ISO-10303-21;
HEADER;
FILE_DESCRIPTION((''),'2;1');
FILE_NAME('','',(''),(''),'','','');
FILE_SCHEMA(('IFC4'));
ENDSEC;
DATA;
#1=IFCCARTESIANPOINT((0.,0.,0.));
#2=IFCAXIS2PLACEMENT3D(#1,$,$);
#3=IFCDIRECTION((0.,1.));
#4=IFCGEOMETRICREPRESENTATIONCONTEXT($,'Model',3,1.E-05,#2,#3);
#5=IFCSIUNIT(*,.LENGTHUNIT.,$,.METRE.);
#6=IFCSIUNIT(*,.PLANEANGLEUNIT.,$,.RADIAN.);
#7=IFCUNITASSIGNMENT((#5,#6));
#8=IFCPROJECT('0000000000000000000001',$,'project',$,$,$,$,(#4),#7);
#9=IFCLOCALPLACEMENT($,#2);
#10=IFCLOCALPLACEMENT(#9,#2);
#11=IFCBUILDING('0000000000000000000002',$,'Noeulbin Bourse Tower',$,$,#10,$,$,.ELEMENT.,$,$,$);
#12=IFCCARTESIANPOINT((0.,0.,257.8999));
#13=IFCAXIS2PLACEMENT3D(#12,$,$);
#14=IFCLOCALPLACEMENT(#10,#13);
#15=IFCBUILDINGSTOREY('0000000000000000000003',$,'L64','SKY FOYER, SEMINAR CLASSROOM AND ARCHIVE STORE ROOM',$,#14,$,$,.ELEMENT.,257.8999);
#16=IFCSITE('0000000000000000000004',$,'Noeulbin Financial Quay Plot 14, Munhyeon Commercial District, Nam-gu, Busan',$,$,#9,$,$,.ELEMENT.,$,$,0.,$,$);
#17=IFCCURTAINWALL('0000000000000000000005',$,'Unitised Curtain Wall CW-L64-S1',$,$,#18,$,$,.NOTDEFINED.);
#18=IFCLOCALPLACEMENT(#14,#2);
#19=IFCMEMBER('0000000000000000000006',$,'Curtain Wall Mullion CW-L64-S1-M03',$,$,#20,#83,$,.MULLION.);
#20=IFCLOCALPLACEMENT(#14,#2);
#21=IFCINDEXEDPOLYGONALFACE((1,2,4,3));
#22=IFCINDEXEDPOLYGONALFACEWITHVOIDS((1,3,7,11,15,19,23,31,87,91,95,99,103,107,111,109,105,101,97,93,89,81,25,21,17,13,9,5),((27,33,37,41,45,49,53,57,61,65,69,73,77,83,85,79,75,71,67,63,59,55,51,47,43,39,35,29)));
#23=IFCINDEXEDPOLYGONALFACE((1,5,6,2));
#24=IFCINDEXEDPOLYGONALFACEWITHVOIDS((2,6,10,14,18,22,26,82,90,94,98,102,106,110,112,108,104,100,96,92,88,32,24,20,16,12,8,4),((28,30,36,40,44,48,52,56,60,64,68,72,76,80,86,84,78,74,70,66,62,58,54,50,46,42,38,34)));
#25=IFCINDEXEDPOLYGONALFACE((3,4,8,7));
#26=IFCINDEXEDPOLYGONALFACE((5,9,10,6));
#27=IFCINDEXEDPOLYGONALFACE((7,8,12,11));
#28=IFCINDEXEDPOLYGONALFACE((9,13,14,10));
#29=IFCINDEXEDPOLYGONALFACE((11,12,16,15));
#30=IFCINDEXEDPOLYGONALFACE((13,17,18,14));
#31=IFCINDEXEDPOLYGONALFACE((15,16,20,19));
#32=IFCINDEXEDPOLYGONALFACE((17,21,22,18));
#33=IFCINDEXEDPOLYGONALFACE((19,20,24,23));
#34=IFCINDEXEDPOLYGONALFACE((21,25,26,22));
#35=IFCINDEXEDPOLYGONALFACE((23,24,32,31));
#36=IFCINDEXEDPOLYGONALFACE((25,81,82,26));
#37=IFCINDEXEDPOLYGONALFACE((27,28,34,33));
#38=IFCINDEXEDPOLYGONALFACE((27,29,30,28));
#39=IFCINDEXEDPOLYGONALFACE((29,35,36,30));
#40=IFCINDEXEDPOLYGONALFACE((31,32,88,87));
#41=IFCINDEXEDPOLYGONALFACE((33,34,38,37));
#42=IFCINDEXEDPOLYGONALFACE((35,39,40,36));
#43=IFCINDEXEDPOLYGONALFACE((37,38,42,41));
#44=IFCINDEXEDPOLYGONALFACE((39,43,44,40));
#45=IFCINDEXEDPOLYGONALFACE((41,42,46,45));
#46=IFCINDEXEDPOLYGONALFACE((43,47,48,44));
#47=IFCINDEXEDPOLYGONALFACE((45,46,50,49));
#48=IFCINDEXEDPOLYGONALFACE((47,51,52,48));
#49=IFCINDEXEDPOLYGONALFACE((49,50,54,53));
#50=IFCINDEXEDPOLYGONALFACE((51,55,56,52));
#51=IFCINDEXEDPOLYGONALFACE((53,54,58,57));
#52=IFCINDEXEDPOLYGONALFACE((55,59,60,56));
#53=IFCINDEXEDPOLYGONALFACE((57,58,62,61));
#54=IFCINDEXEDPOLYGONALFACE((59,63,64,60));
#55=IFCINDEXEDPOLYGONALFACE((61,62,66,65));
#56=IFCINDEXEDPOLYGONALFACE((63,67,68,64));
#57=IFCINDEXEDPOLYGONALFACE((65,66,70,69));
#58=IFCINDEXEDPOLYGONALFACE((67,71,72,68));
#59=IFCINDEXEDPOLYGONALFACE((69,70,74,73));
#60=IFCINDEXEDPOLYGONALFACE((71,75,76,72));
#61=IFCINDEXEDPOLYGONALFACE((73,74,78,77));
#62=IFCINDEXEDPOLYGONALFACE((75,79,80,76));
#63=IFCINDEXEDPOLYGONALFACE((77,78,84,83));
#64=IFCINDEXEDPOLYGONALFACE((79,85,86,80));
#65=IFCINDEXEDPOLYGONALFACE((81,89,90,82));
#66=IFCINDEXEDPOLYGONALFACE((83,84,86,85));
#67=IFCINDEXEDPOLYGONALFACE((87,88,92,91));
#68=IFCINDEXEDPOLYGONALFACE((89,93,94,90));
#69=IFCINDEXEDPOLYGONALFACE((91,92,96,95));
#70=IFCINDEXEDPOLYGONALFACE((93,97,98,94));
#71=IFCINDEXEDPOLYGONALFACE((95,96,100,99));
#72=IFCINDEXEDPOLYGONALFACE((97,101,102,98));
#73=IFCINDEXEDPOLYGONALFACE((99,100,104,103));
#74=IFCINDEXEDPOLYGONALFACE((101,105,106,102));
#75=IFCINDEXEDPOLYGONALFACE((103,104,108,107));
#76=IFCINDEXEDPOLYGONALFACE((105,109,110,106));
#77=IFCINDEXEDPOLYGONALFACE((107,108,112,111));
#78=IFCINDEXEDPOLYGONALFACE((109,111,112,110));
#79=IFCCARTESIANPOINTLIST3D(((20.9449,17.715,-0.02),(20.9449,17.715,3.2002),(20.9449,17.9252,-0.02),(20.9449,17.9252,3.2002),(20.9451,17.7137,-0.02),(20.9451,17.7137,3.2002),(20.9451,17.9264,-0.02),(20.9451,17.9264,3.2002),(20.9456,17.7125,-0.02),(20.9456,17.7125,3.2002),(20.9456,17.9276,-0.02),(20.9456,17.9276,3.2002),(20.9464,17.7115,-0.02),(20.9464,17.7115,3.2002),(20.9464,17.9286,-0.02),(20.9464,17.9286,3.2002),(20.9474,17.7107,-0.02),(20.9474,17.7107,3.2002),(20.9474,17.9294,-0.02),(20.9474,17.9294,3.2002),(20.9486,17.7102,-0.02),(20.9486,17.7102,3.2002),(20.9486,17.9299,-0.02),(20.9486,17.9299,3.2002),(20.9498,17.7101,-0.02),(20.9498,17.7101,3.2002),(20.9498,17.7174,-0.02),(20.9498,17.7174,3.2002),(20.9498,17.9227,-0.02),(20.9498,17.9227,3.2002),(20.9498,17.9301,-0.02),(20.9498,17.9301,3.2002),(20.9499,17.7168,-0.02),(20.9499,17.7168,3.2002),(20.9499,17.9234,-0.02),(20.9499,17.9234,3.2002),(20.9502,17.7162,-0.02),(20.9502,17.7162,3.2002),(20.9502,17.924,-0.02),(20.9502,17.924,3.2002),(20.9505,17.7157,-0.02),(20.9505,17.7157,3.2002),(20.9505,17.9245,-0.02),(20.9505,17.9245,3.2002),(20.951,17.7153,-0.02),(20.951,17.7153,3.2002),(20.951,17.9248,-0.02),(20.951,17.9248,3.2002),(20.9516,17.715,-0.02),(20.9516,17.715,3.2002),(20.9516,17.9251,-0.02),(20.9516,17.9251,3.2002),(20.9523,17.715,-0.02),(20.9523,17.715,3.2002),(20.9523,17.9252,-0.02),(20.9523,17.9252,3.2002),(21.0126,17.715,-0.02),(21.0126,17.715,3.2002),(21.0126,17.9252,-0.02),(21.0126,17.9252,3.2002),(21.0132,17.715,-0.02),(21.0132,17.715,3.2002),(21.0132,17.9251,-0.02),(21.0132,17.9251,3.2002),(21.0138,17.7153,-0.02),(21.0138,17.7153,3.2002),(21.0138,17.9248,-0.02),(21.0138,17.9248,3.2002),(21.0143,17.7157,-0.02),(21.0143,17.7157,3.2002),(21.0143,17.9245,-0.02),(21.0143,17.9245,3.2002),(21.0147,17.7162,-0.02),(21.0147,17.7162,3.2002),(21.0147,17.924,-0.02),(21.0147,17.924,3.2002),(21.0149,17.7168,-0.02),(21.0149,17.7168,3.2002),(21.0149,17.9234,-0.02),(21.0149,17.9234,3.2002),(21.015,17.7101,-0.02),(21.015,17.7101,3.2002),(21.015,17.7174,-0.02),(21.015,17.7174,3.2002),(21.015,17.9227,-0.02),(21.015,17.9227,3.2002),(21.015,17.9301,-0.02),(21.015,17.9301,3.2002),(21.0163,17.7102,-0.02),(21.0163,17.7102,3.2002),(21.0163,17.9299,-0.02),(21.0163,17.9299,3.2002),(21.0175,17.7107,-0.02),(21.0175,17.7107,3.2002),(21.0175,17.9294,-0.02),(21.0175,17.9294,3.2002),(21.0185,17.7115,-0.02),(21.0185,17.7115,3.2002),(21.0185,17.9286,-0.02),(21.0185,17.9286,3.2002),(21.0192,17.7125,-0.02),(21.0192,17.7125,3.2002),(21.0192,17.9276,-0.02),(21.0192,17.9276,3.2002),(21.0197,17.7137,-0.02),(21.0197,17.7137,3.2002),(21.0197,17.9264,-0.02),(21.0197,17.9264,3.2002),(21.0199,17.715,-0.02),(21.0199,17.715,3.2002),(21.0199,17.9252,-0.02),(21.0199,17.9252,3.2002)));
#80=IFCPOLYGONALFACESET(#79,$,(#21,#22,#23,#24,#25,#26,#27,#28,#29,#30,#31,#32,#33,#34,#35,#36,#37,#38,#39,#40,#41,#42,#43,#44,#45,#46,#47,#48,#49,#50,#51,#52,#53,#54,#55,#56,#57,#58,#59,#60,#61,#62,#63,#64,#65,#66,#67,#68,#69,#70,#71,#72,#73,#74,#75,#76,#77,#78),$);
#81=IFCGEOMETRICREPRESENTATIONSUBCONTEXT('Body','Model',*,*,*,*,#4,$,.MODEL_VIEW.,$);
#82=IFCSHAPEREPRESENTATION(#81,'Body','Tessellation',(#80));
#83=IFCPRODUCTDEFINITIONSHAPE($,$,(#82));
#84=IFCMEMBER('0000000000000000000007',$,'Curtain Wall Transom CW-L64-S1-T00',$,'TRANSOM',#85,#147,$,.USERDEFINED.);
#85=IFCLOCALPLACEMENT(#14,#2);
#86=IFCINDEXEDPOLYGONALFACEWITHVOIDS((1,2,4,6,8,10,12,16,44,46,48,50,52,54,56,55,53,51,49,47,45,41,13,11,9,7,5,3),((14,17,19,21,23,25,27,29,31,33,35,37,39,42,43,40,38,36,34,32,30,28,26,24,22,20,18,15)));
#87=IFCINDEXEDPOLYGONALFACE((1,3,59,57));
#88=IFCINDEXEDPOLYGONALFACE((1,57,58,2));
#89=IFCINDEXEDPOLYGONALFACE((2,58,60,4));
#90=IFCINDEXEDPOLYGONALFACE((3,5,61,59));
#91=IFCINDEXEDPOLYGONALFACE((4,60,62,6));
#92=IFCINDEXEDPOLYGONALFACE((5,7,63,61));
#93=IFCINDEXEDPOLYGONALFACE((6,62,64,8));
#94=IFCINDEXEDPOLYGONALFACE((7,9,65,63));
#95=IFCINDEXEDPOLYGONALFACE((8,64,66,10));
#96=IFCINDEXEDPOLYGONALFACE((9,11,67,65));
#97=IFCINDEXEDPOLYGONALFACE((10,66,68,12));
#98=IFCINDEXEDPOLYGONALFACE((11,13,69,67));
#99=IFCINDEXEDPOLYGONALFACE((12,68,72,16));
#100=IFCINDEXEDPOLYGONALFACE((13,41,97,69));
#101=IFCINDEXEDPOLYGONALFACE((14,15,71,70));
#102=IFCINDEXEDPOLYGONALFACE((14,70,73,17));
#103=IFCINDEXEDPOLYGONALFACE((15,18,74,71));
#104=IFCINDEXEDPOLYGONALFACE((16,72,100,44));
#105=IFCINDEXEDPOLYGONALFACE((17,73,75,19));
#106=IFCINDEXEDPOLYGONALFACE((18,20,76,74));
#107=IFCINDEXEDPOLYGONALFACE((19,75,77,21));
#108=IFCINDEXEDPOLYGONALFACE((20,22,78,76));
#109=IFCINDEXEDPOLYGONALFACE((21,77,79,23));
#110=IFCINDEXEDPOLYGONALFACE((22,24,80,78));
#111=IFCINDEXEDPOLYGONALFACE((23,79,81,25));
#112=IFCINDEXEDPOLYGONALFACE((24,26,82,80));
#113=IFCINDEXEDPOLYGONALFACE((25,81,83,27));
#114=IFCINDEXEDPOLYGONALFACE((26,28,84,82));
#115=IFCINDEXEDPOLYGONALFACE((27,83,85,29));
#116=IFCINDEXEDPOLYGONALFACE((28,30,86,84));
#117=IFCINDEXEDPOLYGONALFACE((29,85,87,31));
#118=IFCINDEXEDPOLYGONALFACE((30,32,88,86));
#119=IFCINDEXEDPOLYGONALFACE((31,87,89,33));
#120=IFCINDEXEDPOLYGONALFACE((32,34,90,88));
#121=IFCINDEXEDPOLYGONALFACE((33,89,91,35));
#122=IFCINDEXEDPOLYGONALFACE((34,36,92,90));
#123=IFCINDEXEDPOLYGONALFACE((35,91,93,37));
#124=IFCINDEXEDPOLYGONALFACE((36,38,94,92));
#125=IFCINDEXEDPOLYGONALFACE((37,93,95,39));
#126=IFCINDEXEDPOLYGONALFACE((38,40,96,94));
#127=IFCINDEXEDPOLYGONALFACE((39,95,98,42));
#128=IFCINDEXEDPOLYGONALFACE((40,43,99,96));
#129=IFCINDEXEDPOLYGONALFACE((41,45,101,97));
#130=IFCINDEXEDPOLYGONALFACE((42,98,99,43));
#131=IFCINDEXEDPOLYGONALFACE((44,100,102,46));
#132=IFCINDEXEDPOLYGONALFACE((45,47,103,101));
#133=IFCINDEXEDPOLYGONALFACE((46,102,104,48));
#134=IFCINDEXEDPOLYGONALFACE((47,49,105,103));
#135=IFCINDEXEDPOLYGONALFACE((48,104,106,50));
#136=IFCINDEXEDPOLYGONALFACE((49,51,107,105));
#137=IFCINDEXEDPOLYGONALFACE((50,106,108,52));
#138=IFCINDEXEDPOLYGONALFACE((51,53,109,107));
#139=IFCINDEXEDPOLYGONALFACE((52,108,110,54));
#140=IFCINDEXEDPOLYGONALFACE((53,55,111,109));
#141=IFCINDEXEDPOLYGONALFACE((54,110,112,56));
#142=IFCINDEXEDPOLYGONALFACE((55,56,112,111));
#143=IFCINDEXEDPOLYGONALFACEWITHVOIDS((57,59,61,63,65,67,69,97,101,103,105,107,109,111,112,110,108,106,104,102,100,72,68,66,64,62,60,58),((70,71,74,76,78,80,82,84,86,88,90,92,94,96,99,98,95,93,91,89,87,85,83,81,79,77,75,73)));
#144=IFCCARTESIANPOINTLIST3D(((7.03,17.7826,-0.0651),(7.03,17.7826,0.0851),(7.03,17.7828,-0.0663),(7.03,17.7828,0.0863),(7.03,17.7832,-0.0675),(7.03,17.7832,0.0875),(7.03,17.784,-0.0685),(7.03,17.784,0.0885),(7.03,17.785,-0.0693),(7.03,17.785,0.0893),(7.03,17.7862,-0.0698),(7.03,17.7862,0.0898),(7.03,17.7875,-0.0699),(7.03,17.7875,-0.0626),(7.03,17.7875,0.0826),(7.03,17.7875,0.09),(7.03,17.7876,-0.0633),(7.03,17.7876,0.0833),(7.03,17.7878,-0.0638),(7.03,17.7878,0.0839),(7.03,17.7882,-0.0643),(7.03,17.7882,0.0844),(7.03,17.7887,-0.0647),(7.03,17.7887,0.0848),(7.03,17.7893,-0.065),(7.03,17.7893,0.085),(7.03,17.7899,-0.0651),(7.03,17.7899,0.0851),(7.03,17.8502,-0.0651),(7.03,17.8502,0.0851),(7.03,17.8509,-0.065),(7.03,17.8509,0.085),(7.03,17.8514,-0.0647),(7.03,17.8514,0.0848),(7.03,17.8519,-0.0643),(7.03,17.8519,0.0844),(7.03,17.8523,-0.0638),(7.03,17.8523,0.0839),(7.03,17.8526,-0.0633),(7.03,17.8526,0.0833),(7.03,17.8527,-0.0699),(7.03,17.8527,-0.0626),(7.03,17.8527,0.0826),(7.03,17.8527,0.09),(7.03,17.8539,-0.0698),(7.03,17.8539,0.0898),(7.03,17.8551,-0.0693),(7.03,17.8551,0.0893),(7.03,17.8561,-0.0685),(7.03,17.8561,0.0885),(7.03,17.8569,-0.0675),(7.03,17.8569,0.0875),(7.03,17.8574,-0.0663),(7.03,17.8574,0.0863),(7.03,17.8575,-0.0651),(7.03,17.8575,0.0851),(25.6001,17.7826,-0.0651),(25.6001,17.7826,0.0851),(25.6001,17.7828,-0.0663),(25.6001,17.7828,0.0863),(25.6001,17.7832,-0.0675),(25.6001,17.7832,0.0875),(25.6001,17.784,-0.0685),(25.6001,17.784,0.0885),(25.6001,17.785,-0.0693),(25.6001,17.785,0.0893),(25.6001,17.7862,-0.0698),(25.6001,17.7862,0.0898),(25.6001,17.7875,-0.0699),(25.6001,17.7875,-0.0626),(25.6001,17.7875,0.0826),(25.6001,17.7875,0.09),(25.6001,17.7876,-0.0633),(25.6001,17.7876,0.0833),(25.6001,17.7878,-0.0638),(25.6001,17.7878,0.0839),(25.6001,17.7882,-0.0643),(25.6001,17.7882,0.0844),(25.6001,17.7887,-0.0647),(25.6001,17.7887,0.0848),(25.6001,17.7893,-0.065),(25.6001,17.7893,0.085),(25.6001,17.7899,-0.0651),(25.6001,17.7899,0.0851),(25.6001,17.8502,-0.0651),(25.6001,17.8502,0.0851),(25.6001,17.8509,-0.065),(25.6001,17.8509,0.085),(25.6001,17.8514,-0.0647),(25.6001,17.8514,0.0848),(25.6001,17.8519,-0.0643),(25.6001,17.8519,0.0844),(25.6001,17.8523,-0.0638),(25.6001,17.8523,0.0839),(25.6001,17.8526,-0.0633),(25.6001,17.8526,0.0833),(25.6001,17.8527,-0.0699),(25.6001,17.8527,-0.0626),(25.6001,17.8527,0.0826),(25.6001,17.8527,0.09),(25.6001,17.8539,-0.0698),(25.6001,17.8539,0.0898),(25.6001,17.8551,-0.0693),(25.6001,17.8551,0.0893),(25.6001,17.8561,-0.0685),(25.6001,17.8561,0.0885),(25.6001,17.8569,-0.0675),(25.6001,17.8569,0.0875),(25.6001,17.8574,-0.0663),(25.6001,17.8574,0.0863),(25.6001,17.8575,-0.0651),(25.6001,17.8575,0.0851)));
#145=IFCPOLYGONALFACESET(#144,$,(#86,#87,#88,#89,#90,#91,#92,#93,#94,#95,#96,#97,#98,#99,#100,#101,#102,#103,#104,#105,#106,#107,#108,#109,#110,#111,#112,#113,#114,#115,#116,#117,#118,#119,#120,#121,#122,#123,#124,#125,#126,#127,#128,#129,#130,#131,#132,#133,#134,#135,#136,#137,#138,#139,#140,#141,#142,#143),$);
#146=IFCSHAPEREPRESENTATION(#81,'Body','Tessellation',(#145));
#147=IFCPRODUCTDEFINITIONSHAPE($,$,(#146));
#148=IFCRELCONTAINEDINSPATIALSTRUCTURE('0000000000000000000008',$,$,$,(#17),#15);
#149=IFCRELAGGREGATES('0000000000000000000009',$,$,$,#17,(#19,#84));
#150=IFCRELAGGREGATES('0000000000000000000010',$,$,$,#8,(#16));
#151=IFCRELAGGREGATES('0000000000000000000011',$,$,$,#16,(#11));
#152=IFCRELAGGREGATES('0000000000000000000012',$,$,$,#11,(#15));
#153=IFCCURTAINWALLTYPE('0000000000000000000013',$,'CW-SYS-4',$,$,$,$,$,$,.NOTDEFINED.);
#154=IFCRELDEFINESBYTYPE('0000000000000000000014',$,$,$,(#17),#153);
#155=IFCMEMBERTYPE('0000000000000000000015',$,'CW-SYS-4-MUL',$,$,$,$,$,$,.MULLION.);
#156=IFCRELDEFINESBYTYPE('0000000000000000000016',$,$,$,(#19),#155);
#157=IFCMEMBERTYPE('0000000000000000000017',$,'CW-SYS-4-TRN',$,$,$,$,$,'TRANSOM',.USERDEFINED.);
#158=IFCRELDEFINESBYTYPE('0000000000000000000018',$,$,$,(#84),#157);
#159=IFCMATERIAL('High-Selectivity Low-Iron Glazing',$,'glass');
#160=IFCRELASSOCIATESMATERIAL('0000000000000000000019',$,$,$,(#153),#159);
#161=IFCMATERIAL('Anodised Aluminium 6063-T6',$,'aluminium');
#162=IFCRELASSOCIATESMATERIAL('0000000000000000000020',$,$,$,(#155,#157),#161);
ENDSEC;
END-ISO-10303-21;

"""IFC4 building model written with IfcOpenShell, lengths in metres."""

from ifc_helpers import new_model, si_unit, direction, frame, origin, origin_2d, place, context, subcontext, project, spatial, hollow_rectangle, extrude, material, material_profile, profile_set, type_object, element, aggregate, save


model = new_model("IFC4")

# Units and contexts
model_context = context("Model", 3, precision=1e-05, world=origin(), true_north=direction((0.0, 1.0)))
body_context = subcontext(model_context, "Body", "Model", "MODEL_VIEW")
ifc_project = project(units=[si_unit("LENGTHUNIT", "METRE"), si_unit("PLANEANGLEUNIT", "RADIAN")], contexts=[model_context])

# Site, building, storey
site_placement = place(None, origin())
site = spatial("IfcSite", under=ifc_project, at=site_placement, Name="Noeulbin Financial Quay Plot 14, Munhyeon Commercial District, Nam-gu, Busan", CompositionType="ELEMENT", RefElevation=0.0)
building_placement = place(site_placement, origin())
building = spatial("IfcBuilding", under=site, at=building_placement, Name="Noeulbin Bourse Tower", CompositionType="ELEMENT")
storey_placement = place(building_placement, frame((0.0, 0.0, 257.8999)))
storey = spatial("IfcBuildingStorey", under=building, at=storey_placement, Name="L64", Description="SKY FOYER, SEMINAR CLASSROOM AND ARCHIVE STORE ROOM", CompositionType="ELEMENT", Elevation=257.8999)

# Curtain wall, members
ifc_material_1 = material(Name="High-Selectivity Low-Iron Glazing", Category="glass")
curtain_wall_type = type_object("IfcCurtainWallType", Name="CW-SYS-4", PredefinedType="NOTDEFINED", material=ifc_material_1)
curtain_wall_placement = place(storey_placement, origin())
curtain_wall = element("IfcCurtainWall", 1, at=curtain_wall_placement, inside=storey, type_object=curtain_wall_type, Name="Unitised Curtain Wall CW-L64-S1", PredefinedType="NOTDEFINED")
ifc_material_2 = material(Name="Anodised Aluminium 6063-T6", Category="aluminium")
ifc_material_profile_1 = material_profile(ifc_material_2, hollow_rectangle(XDim=0.075, YDim=0.22, WallThickness=0.0049, InnerFilletRadius=0.0024, OuterFilletRadius=0.0049, at=origin_2d()), Name="ALU-MULL-75x220x5", Category="LoadBearing")
ifc_profile_set_1 = profile_set([ifc_material_profile_1], Name="Anodised Aluminium 6063-T6")
member_type_1 = type_object("IfcMemberType", Name="CW-SYS-4-MUL", PredefinedType="MULLION", material=ifc_profile_set_1)
member_1_placement = place(storey_placement, frame((20.9824, 17.8201, -0.02), z_axis=(0.0, 0.0, 1.0), x_axis=(1.0, 0.0, 0.0)))
member_1 = element("IfcMember", 2, at=member_1_placement, type_object=member_type_1, Name="Curtain Wall Mullion CW-L64-S1-M03", PredefinedType="MULLION", context=body_context, shape_type="SweptSolid", body=[
    extrude(hollow_rectangle(XDim=0.075, YDim=0.22, WallThickness=0.0049, InnerFilletRadius=0.0024, OuterFilletRadius=0.0049, at=origin_2d()), origin(), (0.0, 0.0, 1.0), 3.2202),
])
ifc_material_profile_2 = material_profile(ifc_material_2, hollow_rectangle(XDim=0.075, YDim=0.1599, WallThickness=0.0049, InnerFilletRadius=0.0024, OuterFilletRadius=0.0049, at=origin_2d()), Name="ALU-TRAN-75x160x5", Category="LoadBearing")
ifc_profile_set_2 = profile_set([ifc_material_profile_2], Name="Anodised Aluminium 6063-T6")
member_type_2 = type_object("IfcMemberType", Name="CW-SYS-4-TRN", ElementType="TRANSOM", PredefinedType="USERDEFINED", material=ifc_profile_set_2)
member_2_placement = place(storey_placement, frame((7.03, 17.8201, 0.01), z_axis=(1.0, 0.0, 0.0), x_axis=(0.0, 1.0, 0.0)))
member_2 = element("IfcMember", 3, at=member_2_placement, type_object=member_type_2, Name="Curtain Wall Transom CW-L64-S1-T00", ObjectType="TRANSOM", PredefinedType="USERDEFINED", context=body_context, shape_type="SweptSolid", body=[
    extrude(hollow_rectangle(XDim=0.075, YDim=0.1599, WallThickness=0.0049, InnerFilletRadius=0.0024, OuterFilletRadius=0.0049, at=origin_2d()), origin(), (0.0, 0.0, 1.0), 18.5701),
])
aggregate(curtain_wall, [member_1, member_2])

save(model, "model.ifc")
